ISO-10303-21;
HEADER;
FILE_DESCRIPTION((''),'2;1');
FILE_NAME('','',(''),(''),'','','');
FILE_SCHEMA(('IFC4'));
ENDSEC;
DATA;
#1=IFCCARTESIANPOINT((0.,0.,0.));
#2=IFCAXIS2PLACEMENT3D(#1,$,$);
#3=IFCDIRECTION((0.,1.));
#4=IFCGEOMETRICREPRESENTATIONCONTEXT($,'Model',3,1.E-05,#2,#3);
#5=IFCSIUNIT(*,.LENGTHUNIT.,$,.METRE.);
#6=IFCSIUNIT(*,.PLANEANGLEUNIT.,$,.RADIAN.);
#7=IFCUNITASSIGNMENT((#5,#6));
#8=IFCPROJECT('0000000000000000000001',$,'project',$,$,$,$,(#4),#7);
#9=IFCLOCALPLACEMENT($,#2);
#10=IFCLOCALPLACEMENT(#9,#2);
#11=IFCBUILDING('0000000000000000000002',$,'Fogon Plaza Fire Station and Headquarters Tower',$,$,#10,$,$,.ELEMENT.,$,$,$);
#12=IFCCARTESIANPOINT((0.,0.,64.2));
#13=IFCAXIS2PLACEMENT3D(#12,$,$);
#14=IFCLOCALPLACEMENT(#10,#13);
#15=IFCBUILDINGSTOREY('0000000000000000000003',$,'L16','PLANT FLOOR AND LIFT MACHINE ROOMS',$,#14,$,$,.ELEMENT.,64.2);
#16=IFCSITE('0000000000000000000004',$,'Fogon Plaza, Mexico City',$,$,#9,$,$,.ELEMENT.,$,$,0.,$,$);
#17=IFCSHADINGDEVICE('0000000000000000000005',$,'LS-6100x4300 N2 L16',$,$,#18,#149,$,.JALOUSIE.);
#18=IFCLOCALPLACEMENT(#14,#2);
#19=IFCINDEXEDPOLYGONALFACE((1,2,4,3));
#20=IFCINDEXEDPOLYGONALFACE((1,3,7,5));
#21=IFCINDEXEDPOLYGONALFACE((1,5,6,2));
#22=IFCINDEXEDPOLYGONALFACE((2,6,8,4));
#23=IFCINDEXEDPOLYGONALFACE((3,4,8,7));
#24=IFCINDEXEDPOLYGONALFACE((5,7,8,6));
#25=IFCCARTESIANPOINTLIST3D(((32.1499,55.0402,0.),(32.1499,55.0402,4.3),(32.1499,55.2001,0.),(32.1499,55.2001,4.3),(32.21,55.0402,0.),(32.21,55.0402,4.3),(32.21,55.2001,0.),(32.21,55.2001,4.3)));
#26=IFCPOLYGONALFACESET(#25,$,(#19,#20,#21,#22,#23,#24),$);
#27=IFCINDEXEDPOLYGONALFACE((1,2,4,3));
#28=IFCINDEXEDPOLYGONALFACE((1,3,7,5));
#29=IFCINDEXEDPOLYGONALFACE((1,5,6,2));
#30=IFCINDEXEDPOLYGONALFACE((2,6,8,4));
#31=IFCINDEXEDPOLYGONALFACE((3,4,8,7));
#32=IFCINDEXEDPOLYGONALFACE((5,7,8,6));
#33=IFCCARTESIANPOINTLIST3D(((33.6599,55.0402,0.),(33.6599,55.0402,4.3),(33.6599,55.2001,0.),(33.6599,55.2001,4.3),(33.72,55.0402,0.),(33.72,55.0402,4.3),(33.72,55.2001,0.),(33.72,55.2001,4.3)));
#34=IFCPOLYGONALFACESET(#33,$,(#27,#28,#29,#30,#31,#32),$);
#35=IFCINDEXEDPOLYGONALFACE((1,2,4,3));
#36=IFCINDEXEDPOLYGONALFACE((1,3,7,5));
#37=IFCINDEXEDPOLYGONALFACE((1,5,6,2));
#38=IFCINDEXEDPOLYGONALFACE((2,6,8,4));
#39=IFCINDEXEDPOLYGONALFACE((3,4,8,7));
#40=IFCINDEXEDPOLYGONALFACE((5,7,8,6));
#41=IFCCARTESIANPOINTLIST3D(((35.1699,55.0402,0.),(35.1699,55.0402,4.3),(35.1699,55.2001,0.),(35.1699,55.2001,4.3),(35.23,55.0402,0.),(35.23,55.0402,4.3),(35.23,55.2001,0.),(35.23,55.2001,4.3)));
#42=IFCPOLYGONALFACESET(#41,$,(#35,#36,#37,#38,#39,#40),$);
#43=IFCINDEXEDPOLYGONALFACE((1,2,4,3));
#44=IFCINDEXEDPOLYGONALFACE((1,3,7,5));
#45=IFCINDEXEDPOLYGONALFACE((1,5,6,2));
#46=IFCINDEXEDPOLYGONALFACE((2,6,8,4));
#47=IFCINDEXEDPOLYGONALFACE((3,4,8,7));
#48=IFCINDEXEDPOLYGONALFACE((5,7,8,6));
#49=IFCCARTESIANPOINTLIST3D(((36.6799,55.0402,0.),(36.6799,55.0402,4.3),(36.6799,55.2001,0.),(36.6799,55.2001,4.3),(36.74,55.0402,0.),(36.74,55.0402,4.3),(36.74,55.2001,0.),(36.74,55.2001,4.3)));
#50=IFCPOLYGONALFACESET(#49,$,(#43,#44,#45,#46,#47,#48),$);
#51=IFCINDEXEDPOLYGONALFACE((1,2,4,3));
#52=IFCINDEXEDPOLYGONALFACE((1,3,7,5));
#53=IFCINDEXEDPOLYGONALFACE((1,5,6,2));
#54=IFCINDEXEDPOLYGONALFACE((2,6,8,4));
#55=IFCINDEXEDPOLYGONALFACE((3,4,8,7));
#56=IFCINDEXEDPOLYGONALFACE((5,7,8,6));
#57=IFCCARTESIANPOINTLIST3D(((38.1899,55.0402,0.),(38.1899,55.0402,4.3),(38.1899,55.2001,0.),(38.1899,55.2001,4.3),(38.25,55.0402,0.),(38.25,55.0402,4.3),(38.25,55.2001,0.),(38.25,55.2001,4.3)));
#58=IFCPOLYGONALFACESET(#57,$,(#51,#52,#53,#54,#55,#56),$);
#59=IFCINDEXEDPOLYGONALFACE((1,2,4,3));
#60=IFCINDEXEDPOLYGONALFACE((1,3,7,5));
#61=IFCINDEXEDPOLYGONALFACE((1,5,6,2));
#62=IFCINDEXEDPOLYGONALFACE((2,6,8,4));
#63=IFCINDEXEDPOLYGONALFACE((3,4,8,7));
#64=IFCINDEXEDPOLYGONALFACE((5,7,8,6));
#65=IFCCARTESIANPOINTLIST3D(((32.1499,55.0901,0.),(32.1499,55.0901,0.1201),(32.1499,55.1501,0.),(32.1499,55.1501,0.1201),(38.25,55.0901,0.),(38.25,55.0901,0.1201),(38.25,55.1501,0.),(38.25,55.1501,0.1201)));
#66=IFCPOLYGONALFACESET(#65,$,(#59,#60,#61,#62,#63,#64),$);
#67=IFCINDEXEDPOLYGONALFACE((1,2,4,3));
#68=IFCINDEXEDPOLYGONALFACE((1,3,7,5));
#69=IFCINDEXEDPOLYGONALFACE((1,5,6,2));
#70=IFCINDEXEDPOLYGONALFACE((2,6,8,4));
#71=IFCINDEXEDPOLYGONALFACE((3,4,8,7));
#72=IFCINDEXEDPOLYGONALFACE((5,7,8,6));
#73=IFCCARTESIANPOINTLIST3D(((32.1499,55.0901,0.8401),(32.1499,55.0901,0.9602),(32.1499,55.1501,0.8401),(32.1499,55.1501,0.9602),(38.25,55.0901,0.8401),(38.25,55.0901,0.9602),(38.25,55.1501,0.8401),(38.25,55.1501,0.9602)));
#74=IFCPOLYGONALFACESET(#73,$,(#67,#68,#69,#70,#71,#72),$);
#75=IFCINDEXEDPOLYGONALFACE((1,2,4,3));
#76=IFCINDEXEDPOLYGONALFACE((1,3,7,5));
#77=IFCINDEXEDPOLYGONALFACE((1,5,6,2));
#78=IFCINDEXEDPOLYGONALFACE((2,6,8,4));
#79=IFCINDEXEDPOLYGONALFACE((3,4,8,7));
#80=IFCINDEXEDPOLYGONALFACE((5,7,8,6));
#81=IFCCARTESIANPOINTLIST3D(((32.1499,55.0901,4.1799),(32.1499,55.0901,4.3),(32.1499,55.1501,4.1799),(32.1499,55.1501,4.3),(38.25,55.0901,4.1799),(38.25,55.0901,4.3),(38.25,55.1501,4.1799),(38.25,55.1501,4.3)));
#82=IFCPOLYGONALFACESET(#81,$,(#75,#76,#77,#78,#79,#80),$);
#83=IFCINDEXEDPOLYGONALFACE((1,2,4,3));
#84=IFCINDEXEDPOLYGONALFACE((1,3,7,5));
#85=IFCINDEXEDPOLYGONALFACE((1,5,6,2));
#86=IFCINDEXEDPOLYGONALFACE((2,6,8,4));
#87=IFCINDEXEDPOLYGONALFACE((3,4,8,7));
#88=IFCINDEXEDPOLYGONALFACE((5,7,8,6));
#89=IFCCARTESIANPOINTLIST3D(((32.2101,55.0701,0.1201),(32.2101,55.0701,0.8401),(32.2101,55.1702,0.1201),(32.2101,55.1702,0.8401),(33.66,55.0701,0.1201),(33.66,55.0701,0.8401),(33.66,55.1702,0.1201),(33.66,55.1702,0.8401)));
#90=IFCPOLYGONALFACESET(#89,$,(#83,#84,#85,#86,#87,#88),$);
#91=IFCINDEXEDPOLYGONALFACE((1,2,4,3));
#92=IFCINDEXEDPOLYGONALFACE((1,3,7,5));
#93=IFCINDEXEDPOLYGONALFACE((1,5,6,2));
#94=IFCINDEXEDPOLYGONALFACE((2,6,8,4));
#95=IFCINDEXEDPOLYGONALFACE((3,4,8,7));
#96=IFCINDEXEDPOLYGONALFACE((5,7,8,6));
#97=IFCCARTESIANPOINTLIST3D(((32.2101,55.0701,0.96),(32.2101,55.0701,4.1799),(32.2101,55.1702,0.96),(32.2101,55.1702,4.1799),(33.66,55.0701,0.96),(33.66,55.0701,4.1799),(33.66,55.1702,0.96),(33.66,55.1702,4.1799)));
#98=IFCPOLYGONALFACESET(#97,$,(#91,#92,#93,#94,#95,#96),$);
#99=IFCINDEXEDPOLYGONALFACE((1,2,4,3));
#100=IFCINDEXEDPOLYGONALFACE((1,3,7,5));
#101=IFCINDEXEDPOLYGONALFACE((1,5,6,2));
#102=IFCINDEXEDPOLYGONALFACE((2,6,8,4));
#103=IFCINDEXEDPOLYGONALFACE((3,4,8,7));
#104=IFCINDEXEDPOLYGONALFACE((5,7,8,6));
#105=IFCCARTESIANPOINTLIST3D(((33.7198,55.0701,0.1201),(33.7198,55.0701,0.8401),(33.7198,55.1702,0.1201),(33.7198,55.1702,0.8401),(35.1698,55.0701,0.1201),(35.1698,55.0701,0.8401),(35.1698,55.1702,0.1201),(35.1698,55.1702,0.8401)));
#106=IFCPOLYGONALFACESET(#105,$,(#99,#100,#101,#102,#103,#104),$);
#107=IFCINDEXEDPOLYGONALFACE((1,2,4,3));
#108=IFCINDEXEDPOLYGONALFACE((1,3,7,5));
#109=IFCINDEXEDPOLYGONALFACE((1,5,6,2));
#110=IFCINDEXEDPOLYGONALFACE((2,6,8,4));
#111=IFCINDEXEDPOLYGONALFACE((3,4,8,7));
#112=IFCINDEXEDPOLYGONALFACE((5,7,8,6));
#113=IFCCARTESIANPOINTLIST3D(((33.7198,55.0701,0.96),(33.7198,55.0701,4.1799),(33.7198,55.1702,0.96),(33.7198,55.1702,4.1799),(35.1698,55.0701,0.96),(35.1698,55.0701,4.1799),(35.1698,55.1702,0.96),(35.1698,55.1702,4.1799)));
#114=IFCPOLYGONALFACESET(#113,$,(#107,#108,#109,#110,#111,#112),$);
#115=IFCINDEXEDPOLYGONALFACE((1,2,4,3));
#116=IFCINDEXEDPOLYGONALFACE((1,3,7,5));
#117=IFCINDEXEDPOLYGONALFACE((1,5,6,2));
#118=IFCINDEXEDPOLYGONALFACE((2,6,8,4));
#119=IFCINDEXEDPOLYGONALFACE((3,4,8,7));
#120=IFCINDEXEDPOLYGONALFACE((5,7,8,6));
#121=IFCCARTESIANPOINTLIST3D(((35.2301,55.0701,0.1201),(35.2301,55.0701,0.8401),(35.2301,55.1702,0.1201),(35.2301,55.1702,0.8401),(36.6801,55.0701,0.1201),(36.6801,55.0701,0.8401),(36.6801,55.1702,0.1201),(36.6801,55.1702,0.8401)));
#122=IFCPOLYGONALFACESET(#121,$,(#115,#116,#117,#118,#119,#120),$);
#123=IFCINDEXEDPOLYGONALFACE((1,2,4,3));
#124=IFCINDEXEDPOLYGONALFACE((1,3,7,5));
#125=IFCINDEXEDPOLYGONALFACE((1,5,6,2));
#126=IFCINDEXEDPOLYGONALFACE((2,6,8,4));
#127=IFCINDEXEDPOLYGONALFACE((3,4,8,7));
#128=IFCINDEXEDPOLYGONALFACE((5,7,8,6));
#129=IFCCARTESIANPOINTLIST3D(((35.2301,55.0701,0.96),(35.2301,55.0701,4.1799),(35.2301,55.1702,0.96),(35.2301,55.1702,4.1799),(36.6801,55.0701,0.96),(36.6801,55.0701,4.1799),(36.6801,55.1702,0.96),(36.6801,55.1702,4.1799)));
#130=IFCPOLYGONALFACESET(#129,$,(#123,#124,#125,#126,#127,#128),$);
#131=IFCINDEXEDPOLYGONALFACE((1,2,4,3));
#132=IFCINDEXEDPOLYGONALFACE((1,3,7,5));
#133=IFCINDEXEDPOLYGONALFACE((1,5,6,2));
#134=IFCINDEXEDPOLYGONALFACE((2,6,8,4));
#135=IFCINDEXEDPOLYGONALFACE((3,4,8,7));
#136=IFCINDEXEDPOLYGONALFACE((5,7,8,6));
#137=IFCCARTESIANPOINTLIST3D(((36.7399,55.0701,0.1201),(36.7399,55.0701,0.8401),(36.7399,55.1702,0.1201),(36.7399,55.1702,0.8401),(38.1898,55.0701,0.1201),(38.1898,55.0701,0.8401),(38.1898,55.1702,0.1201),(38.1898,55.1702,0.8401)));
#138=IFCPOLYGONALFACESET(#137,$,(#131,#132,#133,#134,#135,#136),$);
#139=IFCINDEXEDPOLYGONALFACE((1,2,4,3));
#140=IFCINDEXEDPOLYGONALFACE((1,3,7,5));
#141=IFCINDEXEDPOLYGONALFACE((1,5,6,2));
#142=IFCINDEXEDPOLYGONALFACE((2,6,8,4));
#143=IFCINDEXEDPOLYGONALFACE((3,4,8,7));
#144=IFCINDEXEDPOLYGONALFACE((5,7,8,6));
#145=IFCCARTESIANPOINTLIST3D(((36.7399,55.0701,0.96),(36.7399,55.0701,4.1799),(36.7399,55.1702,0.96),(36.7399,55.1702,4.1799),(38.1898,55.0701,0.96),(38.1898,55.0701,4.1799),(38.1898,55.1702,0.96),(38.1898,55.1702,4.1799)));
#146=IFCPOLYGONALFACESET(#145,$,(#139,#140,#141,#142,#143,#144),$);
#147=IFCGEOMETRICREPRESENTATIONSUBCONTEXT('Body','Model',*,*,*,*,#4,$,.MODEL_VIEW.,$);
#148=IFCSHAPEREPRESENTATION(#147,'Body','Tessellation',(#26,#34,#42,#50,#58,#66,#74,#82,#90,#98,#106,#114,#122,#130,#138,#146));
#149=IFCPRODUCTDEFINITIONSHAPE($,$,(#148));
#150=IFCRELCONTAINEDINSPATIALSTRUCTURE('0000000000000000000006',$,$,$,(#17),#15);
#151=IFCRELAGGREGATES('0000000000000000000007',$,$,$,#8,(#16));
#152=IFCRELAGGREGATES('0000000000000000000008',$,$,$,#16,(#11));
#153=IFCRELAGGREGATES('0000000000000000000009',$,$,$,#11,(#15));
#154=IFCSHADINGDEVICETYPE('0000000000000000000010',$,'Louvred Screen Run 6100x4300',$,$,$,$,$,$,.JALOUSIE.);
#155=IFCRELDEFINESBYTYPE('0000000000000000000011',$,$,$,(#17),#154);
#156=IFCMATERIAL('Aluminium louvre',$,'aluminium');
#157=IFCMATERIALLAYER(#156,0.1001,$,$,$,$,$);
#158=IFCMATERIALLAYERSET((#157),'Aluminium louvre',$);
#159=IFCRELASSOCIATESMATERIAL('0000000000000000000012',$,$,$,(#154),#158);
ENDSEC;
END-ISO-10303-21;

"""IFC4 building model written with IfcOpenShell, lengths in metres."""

from ifc_helpers import new_model, si_unit, direction, frame, origin, origin_2d, place, context, subcontext, project, spatial, rectangle, extrude, material, layer, layer_set, type_object, element, save


model = new_model("IFC4")

# Units and contexts
model_context = context("Model", 3, precision=1e-05, world=origin(), true_north=direction((0.0, 1.0)))
body_context = subcontext(model_context, "Body", "Model", "MODEL_VIEW")
ifc_project = project(units=[si_unit("LENGTHUNIT", "METRE"), si_unit("PLANEANGLEUNIT", "RADIAN")], contexts=[model_context])

# Site, building, storey
site_placement = place(None, origin())
site = spatial("IfcSite", under=ifc_project, at=site_placement, Name="Fogon Plaza, Mexico City", CompositionType="ELEMENT", RefElevation=0.0)
building_placement = place(site_placement, origin())
building = spatial("IfcBuilding", under=site, at=building_placement, Name="Fogon Plaza Fire Station and Headquarters Tower", CompositionType="ELEMENT")
storey_placement = place(building_placement, frame((0.0, 0.0, 64.2)))
storey = spatial("IfcBuildingStorey", under=building, at=storey_placement, Name="L16", Description="PLANT FLOOR AND LIFT MACHINE ROOMS", CompositionType="ELEMENT", Elevation=64.2)

# Shading device
ifc_material_1 = material(Name="Aluminium louvre", Category="aluminium")
ifc_layer_1 = layer(ifc_material_1, 0.1001)
ifc_layer_set_1 = layer_set([ifc_layer_1], Name="Aluminium louvre")
shading_device_type = type_object("IfcShadingDeviceType", Name="Louvred Screen Run 6100x4300", PredefinedType="JALOUSIE", material=ifc_layer_set_1)
shading_device_1_placement = place(storey_placement, frame((32.1499, 55.1201, 0.0), z_axis=(0.0, 0.0, 1.0), x_axis=(1.0, 0.0, 0.0)))
element("IfcShadingDevice", 1, at=shading_device_1_placement, inside=storey, type_object=shading_device_type, Name="LS-6100x4300 N2 L16", PredefinedType="JALOUSIE", context=body_context, shape_type="SweptSolid", body=[
    extrude(rectangle(XDim=0.0601, YDim=0.1599, at=origin_2d()), frame((0.03, 0.0, 0.0), z_axis=(0.0, 0.0, 1.0), x_axis=(1.0, 0.0, 0.0)), (0.0, 0.0, 1.0), 4.3),
    extrude(rectangle(XDim=0.0601, YDim=0.1599, at=origin_2d()), frame((1.54, 0.0, 0.0), z_axis=(0.0, 0.0, 1.0), x_axis=(1.0, 0.0, 0.0)), (0.0, 0.0, 1.0), 4.3),
    extrude(rectangle(XDim=0.0601, YDim=0.1599, at=origin_2d()), frame((3.05, 0.0, 0.0), z_axis=(0.0, 0.0, 1.0), x_axis=(1.0, 0.0, 0.0)), (0.0, 0.0, 1.0), 4.3),
    extrude(rectangle(XDim=0.0601, YDim=0.1599, at=origin_2d()), frame((4.5601, 0.0, 0.0), z_axis=(0.0, 0.0, 1.0), x_axis=(1.0, 0.0, 0.0)), (0.0, 0.0, 1.0), 4.3),
    extrude(rectangle(XDim=0.0601, YDim=0.1599, at=origin_2d()), frame((6.0701, 0.0, 0.0), z_axis=(0.0, 0.0, 1.0), x_axis=(1.0, 0.0, 0.0)), (0.0, 0.0, 1.0), 4.3),
    extrude(rectangle(XDim=0.1201, YDim=0.0601, at=origin_2d()), frame((0.0, 0.0, 0.0601), z_axis=(1.0, 0.0, 0.0), x_axis=(0.0, 0.0, 1.0)), (0.0, 0.0, 1.0), 6.1001),
    extrude(rectangle(XDim=0.1201, YDim=0.0601, at=origin_2d()), frame((0.0, 0.0, 0.9001), z_axis=(1.0, 0.0, 0.0), x_axis=(0.0, 0.0, 1.0)), (0.0, 0.0, 1.0), 6.1001),
    extrude(rectangle(XDim=0.1201, YDim=0.0601, at=origin_2d()), frame((0.0, 0.0, 4.24), z_axis=(1.0, 0.0, 0.0), x_axis=(0.0, 0.0, 1.0)), (0.0, 0.0, 1.0), 6.1001),
    extrude(rectangle(XDim=1.45, YDim=0.1001, at=origin_2d()), frame((0.7852, 0.0, 0.1201), z_axis=(0.0, 0.0, 1.0), x_axis=(1.0, 0.0, 0.0)), (0.0, 0.0, 1.0), 0.72),
    extrude(rectangle(XDim=1.45, YDim=0.1001, at=origin_2d()), frame((0.7852, 0.0, 0.96), z_axis=(0.0, 0.0, 1.0), x_axis=(1.0, 0.0, 0.0)), (0.0, 0.0, 1.0), 3.22),
    extrude(rectangle(XDim=1.45, YDim=0.1001, at=origin_2d()), frame((2.2949, 0.0, 0.1201), z_axis=(0.0, 0.0, 1.0), x_axis=(1.0, 0.0, 0.0)), (0.0, 0.0, 1.0), 0.72),
    extrude(rectangle(XDim=1.45, YDim=0.1001, at=origin_2d()), frame((2.2949, 0.0, 0.96), z_axis=(0.0, 0.0, 1.0), x_axis=(1.0, 0.0, 0.0)), (0.0, 0.0, 1.0), 3.22),
    extrude(rectangle(XDim=1.45, YDim=0.1001, at=origin_2d()), frame((3.8052, 0.0, 0.1201), z_axis=(0.0, 0.0, 1.0), x_axis=(1.0, 0.0, 0.0)), (0.0, 0.0, 1.0), 0.72),
    extrude(rectangle(XDim=1.45, YDim=0.1001, at=origin_2d()), frame((3.8052, 0.0, 0.96), z_axis=(0.0, 0.0, 1.0), x_axis=(1.0, 0.0, 0.0)), (0.0, 0.0, 1.0), 3.22),
    extrude(rectangle(XDim=1.45, YDim=0.1001, at=origin_2d()), frame((5.3149, 0.0, 0.1201), z_axis=(0.0, 0.0, 1.0), x_axis=(1.0, 0.0, 0.0)), (0.0, 0.0, 1.0), 0.72),
    extrude(rectangle(XDim=1.45, YDim=0.1001, at=origin_2d()), frame((5.3149, 0.0, 0.96), z_axis=(0.0, 0.0, 1.0), x_axis=(1.0, 0.0, 0.0)), (0.0, 0.0, 1.0), 3.22),
])

save(model, "model.ifc")
